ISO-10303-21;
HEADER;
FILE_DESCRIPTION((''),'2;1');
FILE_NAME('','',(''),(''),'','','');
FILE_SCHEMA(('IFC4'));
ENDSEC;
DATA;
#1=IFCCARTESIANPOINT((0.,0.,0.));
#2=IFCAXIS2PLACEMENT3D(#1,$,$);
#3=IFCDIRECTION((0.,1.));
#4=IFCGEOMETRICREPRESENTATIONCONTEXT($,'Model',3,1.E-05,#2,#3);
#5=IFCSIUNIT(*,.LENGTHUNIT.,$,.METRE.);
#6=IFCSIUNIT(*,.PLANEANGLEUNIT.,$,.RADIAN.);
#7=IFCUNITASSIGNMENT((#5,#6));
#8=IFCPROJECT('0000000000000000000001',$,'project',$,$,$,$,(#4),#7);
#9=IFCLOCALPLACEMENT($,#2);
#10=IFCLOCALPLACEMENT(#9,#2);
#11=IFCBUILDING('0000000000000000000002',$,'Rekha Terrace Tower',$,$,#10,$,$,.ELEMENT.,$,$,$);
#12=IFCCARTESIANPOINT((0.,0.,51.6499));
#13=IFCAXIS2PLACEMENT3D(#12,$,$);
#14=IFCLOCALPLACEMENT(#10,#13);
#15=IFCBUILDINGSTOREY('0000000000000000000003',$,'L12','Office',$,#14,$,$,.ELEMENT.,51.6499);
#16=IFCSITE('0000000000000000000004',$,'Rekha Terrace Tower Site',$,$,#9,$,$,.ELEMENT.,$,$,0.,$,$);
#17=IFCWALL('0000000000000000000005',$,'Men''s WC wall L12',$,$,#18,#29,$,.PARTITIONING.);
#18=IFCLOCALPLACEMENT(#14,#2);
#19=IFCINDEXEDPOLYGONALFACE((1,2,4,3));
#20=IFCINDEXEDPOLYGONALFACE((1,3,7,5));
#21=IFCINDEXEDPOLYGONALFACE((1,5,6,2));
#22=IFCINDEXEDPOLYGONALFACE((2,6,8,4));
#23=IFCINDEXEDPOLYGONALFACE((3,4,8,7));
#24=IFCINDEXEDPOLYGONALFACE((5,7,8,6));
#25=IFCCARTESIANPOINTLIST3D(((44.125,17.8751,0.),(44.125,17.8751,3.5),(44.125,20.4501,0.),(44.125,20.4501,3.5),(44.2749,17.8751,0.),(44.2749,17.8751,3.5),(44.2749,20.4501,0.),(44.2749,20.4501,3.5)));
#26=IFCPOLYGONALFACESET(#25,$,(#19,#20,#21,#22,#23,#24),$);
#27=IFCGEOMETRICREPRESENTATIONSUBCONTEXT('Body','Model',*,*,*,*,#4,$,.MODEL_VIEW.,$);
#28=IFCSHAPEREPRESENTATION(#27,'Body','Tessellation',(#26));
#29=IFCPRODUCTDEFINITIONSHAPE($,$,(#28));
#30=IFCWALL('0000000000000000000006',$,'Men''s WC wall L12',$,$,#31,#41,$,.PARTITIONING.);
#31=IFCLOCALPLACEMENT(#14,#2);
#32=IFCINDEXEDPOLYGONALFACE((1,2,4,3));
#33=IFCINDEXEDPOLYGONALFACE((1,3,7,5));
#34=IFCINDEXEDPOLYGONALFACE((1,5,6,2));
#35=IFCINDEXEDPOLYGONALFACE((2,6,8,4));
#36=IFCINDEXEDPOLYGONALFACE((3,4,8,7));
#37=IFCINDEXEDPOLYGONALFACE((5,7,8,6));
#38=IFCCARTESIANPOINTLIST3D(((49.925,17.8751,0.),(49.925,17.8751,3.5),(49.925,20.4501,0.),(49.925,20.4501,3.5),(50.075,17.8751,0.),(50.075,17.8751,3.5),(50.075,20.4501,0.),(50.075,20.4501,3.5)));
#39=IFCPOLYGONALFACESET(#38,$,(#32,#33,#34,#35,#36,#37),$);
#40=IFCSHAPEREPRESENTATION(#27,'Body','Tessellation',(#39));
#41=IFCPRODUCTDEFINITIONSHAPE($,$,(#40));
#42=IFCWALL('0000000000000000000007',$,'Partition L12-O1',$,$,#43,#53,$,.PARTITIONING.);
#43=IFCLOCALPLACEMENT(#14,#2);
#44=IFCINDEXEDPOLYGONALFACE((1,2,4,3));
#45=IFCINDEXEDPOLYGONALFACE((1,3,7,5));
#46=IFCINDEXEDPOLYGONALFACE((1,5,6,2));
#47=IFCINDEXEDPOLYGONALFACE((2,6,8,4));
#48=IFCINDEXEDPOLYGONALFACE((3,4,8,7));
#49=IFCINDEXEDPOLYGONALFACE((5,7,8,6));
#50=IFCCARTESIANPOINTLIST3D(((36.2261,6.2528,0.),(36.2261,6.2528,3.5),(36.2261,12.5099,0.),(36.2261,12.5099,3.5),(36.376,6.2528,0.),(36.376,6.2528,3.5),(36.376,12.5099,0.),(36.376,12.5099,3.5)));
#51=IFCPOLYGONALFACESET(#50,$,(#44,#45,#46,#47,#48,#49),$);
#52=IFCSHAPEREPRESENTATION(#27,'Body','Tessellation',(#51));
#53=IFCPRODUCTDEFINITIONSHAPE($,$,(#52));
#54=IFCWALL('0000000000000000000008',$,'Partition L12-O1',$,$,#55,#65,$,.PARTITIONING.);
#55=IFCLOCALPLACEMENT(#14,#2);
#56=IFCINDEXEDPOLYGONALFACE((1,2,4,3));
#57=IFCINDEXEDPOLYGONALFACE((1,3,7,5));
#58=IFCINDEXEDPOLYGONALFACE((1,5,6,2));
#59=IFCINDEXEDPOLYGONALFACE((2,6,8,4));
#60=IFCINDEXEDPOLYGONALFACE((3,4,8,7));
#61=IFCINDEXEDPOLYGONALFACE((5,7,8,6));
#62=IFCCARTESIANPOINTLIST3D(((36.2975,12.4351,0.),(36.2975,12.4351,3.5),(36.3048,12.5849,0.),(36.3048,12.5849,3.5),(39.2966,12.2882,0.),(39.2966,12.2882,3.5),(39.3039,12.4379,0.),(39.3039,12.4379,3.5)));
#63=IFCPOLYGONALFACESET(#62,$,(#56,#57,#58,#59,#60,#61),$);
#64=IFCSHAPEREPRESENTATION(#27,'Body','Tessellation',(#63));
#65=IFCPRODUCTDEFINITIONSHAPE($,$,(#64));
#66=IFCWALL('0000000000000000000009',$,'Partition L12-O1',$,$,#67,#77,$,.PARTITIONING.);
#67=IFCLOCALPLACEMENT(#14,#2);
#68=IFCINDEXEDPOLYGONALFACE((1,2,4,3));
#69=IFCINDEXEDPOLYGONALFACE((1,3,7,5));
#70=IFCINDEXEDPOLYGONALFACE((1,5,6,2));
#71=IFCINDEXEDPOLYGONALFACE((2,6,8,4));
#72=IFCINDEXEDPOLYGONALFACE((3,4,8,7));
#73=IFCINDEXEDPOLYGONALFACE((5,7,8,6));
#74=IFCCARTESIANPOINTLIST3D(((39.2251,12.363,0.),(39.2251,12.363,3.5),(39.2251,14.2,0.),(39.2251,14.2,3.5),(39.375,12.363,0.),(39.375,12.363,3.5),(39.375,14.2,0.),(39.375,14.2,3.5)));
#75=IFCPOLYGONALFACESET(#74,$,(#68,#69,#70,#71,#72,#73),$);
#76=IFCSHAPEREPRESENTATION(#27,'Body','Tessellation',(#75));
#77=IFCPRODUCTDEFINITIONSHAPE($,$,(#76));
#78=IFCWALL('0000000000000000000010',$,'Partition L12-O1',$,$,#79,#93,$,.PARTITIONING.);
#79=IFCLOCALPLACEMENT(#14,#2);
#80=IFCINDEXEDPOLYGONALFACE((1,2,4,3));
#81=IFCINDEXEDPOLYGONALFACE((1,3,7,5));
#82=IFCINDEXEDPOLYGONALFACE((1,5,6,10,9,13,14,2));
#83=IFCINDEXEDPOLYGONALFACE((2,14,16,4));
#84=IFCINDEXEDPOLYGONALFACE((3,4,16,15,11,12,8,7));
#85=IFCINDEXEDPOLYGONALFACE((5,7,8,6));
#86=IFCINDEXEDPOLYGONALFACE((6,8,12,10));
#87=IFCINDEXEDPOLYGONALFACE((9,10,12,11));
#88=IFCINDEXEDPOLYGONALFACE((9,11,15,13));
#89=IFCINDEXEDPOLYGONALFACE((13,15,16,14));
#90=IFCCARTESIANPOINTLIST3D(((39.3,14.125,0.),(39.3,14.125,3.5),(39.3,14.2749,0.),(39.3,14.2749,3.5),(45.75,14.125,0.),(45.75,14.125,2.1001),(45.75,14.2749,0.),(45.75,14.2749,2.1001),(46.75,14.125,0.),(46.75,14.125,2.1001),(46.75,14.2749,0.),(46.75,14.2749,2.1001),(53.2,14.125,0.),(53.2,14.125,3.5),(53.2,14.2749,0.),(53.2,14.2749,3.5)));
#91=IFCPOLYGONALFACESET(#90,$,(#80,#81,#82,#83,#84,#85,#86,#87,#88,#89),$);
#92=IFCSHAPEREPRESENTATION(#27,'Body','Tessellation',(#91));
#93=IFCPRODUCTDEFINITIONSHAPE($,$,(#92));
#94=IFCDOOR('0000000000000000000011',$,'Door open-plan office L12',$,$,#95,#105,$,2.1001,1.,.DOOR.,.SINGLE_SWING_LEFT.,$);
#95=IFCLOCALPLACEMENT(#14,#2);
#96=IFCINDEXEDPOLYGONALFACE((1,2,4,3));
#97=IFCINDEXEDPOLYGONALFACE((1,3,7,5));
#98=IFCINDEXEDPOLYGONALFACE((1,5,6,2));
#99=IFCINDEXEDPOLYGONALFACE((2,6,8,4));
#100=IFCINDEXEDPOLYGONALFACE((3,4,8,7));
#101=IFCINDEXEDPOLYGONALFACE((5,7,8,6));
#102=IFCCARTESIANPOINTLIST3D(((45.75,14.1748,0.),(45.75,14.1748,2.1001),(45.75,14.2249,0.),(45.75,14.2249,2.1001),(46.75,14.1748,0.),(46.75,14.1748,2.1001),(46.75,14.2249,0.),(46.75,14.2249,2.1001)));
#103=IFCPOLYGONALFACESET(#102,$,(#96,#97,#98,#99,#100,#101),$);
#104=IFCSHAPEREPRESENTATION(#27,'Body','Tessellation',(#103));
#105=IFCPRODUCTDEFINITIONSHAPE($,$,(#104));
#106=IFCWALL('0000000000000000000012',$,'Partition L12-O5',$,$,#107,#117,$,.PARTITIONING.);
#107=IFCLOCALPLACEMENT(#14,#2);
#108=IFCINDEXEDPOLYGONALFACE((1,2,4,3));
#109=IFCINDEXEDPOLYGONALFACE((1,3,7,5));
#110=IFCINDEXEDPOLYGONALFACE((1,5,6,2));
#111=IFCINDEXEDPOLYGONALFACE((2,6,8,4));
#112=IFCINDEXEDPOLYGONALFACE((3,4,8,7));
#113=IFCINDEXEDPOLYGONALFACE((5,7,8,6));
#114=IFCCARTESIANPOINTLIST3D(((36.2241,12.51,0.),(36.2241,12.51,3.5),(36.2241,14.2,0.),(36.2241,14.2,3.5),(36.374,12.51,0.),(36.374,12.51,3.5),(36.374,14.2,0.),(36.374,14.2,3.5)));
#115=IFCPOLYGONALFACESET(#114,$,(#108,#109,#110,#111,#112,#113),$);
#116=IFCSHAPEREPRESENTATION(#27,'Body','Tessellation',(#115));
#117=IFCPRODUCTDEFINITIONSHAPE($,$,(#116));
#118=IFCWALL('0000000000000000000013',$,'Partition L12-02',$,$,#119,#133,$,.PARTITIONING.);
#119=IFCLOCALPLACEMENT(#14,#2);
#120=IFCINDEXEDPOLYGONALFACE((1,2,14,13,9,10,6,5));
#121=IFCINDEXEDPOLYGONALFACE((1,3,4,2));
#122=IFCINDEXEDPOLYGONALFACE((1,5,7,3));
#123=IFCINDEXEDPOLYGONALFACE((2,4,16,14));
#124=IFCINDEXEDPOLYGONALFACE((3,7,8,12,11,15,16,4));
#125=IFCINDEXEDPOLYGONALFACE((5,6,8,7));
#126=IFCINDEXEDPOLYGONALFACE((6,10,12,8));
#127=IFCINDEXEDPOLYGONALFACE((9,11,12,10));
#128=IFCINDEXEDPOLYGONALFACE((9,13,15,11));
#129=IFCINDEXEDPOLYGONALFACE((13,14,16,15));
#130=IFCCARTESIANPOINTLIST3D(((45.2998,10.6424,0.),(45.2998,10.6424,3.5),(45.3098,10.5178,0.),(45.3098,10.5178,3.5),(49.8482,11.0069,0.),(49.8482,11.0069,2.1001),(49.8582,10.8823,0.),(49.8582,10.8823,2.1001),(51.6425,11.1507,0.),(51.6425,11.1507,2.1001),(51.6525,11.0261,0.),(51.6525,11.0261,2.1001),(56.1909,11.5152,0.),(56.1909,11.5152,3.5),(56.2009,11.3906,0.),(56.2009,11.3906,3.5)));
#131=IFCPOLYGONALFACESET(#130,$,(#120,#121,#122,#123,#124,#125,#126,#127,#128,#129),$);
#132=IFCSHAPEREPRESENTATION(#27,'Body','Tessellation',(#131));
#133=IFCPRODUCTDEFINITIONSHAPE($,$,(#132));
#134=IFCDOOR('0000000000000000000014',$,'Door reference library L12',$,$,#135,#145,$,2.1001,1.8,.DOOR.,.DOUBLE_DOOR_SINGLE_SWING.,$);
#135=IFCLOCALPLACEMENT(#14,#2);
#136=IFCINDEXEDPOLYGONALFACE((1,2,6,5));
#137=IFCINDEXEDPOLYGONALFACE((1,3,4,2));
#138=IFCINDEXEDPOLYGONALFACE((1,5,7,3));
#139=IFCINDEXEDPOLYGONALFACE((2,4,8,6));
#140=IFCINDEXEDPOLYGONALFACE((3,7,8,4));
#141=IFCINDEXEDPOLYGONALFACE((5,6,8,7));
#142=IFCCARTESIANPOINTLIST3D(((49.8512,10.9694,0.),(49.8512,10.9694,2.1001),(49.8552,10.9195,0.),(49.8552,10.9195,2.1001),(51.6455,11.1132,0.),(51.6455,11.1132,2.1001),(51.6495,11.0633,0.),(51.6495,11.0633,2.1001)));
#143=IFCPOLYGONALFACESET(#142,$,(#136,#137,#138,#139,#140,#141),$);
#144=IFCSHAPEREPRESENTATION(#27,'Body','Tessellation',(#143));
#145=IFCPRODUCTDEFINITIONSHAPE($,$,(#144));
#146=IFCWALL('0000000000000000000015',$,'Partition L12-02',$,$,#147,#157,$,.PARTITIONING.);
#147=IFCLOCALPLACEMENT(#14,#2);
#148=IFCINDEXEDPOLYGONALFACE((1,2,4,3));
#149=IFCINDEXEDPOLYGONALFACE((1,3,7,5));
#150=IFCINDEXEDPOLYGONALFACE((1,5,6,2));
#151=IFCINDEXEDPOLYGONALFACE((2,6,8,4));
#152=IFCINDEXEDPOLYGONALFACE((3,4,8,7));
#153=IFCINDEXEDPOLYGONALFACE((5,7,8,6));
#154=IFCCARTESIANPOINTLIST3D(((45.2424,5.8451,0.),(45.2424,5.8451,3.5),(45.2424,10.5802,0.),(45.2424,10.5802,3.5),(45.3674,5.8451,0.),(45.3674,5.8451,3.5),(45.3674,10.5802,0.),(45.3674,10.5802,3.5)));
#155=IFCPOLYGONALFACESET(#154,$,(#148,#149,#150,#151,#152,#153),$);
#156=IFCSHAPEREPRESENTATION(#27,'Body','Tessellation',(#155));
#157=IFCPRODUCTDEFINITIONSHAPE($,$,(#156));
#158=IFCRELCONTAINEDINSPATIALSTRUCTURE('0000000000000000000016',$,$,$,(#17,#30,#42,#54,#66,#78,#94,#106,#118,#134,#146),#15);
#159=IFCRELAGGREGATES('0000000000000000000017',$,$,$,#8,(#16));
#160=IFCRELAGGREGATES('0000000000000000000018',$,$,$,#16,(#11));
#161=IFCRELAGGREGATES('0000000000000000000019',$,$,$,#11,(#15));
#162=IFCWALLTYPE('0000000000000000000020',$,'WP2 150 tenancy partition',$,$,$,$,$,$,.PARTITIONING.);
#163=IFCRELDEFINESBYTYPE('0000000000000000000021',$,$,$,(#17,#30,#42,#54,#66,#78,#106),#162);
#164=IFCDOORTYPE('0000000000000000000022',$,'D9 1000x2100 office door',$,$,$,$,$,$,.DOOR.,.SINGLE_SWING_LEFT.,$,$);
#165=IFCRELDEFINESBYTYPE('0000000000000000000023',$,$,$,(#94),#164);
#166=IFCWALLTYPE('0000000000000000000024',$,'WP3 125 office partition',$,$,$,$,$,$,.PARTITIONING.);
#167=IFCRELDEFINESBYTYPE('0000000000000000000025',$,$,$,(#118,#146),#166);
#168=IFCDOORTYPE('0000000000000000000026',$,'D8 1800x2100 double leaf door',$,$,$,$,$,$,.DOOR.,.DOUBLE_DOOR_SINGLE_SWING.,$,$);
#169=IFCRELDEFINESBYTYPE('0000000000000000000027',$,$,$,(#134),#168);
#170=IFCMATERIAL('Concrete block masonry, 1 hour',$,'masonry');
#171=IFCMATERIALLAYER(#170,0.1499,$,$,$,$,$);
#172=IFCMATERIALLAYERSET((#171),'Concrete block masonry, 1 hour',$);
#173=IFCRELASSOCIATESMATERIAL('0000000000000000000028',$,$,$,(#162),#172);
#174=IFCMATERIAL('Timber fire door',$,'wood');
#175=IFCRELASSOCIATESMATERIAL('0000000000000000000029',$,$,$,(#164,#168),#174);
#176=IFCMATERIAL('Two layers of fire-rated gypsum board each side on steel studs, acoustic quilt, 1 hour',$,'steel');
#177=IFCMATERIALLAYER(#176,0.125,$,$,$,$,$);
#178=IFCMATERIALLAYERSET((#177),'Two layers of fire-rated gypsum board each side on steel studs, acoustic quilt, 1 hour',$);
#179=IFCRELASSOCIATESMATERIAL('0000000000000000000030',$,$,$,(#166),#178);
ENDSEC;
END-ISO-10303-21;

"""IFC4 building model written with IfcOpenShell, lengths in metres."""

from ifc_helpers import new_model, si_unit, direction, frame, frame_2d, origin, place, context, subcontext, project, spatial, rectangle, extrude, material, layer, layer_set, type_object, element, fill, save


model = new_model("IFC4")

# Units and contexts
model_context = context("Model", 3, precision=1e-05, world=origin(), true_north=direction((0.0, 1.0)))
body_context = subcontext(model_context, "Body", "Model", "MODEL_VIEW")
ifc_project = project(units=[si_unit("LENGTHUNIT", "METRE"), si_unit("PLANEANGLEUNIT", "RADIAN")], contexts=[model_context])

# Site, building, storey
site_placement = place(None, origin())
site = spatial("IfcSite", under=ifc_project, at=site_placement, Name="Rekha Terrace Tower Site", CompositionType="ELEMENT", RefElevation=0.0)
building_placement = place(site_placement, origin())
building = spatial("IfcBuilding", under=site, at=building_placement, Name="Rekha Terrace Tower", CompositionType="ELEMENT")
storey_placement = place(building_placement, frame((0.0, 0.0, 51.6499)))
storey = spatial("IfcBuildingStorey", under=building, at=storey_placement, Name="L12", Description="Office", CompositionType="ELEMENT", Elevation=51.6499)

# Shared definitions
ifc_material_1 = material(Name="Concrete block masonry, 1 hour", Category="masonry")
ifc_layer_1 = layer(ifc_material_1, 0.1499)
ifc_layer_set_1 = layer_set([ifc_layer_1], Name="Concrete block masonry, 1 hour")
wall_type_1 = type_object("IfcWallType", Name="WP2 150 tenancy partition", PredefinedType="PARTITIONING", material=ifc_layer_set_1)

# Walls
for number, where, z_axis, x_axis, name in (
    (1, (44.2, 17.875, 0.0), (0.0, 0.0, 1.0), (0.0, 1.0, 0.0), "Men's WC wall L12"),
    (2, (50.0, 17.875, 0.0), (0.0, 0.0, 1.0), (0.0, 1.0, 0.0), "Men's WC wall L12"),
):
    element("IfcWall", number, at=place(storey_placement, frame(where, z_axis=z_axis, x_axis=x_axis)), inside=storey, type_object=wall_type_1, Name=name, PredefinedType="PARTITIONING", context=body_context, shape_type="SweptSolid", body=[
        extrude(rectangle(XDim=2.575, YDim=0.1499, at=frame_2d((1.2876, 0.0))), origin(), (0.0, 0.0, 1.0), 3.5),
    ])
wall_1_placement = place(storey_placement, frame((36.301, 6.2529, 0.0), z_axis=(0.0, 0.0, 1.0), x_axis=(0.0, 1.0, 0.0)))
element("IfcWall", 3, at=wall_1_placement, inside=storey, type_object=wall_type_1, Name="Partition L12-O1", PredefinedType="PARTITIONING", context=body_context, shape_type="SweptSolid", body=[
    extrude(rectangle(XDim=6.2571, YDim=0.1499, at=frame_2d((3.1284, 0.0))), origin(), (0.0, 0.0, 1.0), 3.5),
])
wall_2_placement = place(storey_placement, frame((36.301, 12.51, 0.0), z_axis=(0.0, 0.0, 1.0), x_axis=(0.998801, -0.048948, 0.0)))
element("IfcWall", 4, at=wall_2_placement, inside=storey, type_object=wall_type_1, Name="Partition L12-O1", PredefinedType="PARTITIONING", context=body_context, shape_type="SweptSolid", body=[
    extrude(rectangle(XDim=3.0027, YDim=0.1499, at=frame_2d((1.5015, 0.0))), origin(), (0.0, 0.0, 1.0), 3.5),
])
wall_3_placement = place(storey_placement, frame((39.3, 12.363, 0.0), z_axis=(0.0, 0.0, 1.0), x_axis=(0.0, 1.0, 0.0)))
element("IfcWall", 5, at=wall_3_placement, inside=storey, type_object=wall_type_1, Name="Partition L12-O1", PredefinedType="PARTITIONING", context=body_context, shape_type="SweptSolid", body=[
    extrude(rectangle(XDim=1.8369, YDim=0.1499, at=frame_2d((0.9185, 0.0))), origin(), (0.0, 0.0, 1.0), 3.5),
])

# Wall, opening, door
wall_4_placement = place(storey_placement, frame((39.3, 14.2, 0.0), z_axis=(0.0, 0.0, 1.0), x_axis=(1.0, 0.0, 0.0)))
wall_4 = element("IfcWall", 6, at=wall_4_placement, inside=storey, type_object=wall_type_1, Name="Partition L12-O1", PredefinedType="PARTITIONING", context=body_context, shape_type="SweptSolid", body=[
    extrude(rectangle(XDim=13.8999, YDim=0.1499, at=frame_2d((6.95, 0.0))), origin(), (0.0, 0.0, 1.0), 3.5),
])
opening_1_placement = place(wall_4_placement, frame((6.45, 0.0, 0.0)))
opening_1 = element("IfcOpeningElement", 7, at=opening_1_placement, cuts=wall_4, PredefinedType="OPENING", context=body_context, shape_type="SweptSolid", body=[
    extrude(rectangle(XDim=1.0, YDim=2.1001, at=frame_2d((0.5, 1.05))), frame((0.0, 0.085, 0.0), z_axis=(0.0, -1.0, 0.0), x_axis=(1.0, 0.0, 0.0)), (0.0, 0.0, 1.0), 0.1699),
])
ifc_material_2 = material(Name="Timber fire door", Category="wood")
door_type_1 = type_object("IfcDoorType", Name="D9 1000x2100 office door", OperationType="SINGLE_SWING_LEFT", PredefinedType="DOOR", material=ifc_material_2)
door_1_placement = place(opening_1_placement, origin())
door_1 = element("IfcDoor", 8, at=door_1_placement, inside=storey, type_object=door_type_1, Name="Door open-plan office L12", OperationType="SINGLE_SWING_LEFT", OverallHeight=2.1001, OverallWidth=1.0, PredefinedType="DOOR", context=body_context, shape_type="SweptSolid", body=[
    extrude(rectangle(XDim=1.0, YDim=2.1001, at=frame_2d((0.5, 1.05))), frame((0.0, 0.0249, 0.0), z_axis=(0.0, -1.0, 0.0), x_axis=(1.0, 0.0, 0.0)), (0.0, 0.0, 1.0), 0.05),
])
fill(opening_1, door_1)

# Wall
wall_5_placement = place(storey_placement, frame((36.2991, 14.2, 0.0), z_axis=(0.0, 0.0, 1.0), x_axis=(0.0, -1.0, 0.0)))
element("IfcWall", 9, at=wall_5_placement, inside=storey, type_object=wall_type_1, Name="Partition L12-O5", PredefinedType="PARTITIONING", context=body_context, shape_type="SweptSolid", body=[
    extrude(rectangle(XDim=1.6899, YDim=0.1499, at=frame_2d((0.845, 0.0))), origin(), (0.0, 0.0, 1.0), 3.5),
])

# Wall, opening, door
ifc_material_3 = material(Name="Two layers of fire-rated gypsum board each side on steel studs, acoustic quilt, 1 hour", Category="steel")
ifc_layer_2 = layer(ifc_material_3, 0.125)
ifc_layer_set_2 = layer_set([ifc_layer_2], Name="Two layers of fire-rated gypsum board each side on steel studs, acoustic quilt, 1 hour")
wall_type_2 = type_object("IfcWallType", Name="WP3 125 office partition", PredefinedType="PARTITIONING", material=ifc_layer_set_2)
wall_6_placement = place(storey_placement, frame((45.3049, 10.5801, 0.0), z_axis=(0.0, 0.0, 1.0), x_axis=(0.996804, 0.079883, 0.0)))
wall_6 = element("IfcWall", 10, at=wall_6_placement, inside=storey, type_object=wall_type_2, Name="Partition L12-02", PredefinedType="PARTITIONING", context=body_context, shape_type="SweptSolid", body=[
    extrude(rectangle(XDim=10.926, YDim=0.125, at=frame_2d((5.4629, 0.0))), origin(), (0.0, 0.0, 1.0), 3.5),
])
opening_2_placement = place(wall_6_placement, frame((4.563, 0.0, 0.0)))
opening_2 = element("IfcOpeningElement", 11, at=opening_2_placement, cuts=wall_6, PredefinedType="OPENING", context=body_context, shape_type="SweptSolid", body=[
    extrude(rectangle(XDim=1.8, YDim=2.1001, at=frame_2d((0.8999, 1.05))), frame((0.0, 0.0725, 0.0), z_axis=(0.0, -1.0, 0.0), x_axis=(1.0, 0.0, 0.0)), (0.0, 0.0, 1.0), 0.145),
])
door_type_2 = type_object("IfcDoorType", Name="D8 1800x2100 double leaf door", OperationType="DOUBLE_DOOR_SINGLE_SWING", PredefinedType="DOOR", material=ifc_material_2)
door_2_placement = place(opening_2_placement, origin())
door_2 = element("IfcDoor", 12, at=door_2_placement, inside=storey, type_object=door_type_2, Name="Door reference library L12", OperationType="DOUBLE_DOOR_SINGLE_SWING", OverallHeight=2.1001, OverallWidth=1.8, PredefinedType="DOOR", context=body_context, shape_type="SweptSolid", body=[
    extrude(rectangle(XDim=1.8, YDim=2.1001, at=frame_2d((0.8999, 1.05))), frame((0.0, 0.0249, 0.0), z_axis=(0.0, -1.0, 0.0), x_axis=(1.0, 0.0, 0.0)), (0.0, 0.0, 1.0), 0.05),
])
fill(opening_2, door_2)

# Wall
wall_7_placement = place(storey_placement, frame((45.3049, 5.845, 0.0), z_axis=(0.0, 0.0, 1.0), x_axis=(0.0, 1.0, 0.0)))
element("IfcWall", 13, at=wall_7_placement, inside=storey, type_object=wall_type_2, Name="Partition L12-02", PredefinedType="PARTITIONING", context=body_context, shape_type="SweptSolid", body=[
    extrude(rectangle(XDim=4.7351, YDim=0.125, at=frame_2d((2.3677, 0.0))), origin(), (0.0, 0.0, 1.0), 3.5),
])

save(model, "model.ifc")
